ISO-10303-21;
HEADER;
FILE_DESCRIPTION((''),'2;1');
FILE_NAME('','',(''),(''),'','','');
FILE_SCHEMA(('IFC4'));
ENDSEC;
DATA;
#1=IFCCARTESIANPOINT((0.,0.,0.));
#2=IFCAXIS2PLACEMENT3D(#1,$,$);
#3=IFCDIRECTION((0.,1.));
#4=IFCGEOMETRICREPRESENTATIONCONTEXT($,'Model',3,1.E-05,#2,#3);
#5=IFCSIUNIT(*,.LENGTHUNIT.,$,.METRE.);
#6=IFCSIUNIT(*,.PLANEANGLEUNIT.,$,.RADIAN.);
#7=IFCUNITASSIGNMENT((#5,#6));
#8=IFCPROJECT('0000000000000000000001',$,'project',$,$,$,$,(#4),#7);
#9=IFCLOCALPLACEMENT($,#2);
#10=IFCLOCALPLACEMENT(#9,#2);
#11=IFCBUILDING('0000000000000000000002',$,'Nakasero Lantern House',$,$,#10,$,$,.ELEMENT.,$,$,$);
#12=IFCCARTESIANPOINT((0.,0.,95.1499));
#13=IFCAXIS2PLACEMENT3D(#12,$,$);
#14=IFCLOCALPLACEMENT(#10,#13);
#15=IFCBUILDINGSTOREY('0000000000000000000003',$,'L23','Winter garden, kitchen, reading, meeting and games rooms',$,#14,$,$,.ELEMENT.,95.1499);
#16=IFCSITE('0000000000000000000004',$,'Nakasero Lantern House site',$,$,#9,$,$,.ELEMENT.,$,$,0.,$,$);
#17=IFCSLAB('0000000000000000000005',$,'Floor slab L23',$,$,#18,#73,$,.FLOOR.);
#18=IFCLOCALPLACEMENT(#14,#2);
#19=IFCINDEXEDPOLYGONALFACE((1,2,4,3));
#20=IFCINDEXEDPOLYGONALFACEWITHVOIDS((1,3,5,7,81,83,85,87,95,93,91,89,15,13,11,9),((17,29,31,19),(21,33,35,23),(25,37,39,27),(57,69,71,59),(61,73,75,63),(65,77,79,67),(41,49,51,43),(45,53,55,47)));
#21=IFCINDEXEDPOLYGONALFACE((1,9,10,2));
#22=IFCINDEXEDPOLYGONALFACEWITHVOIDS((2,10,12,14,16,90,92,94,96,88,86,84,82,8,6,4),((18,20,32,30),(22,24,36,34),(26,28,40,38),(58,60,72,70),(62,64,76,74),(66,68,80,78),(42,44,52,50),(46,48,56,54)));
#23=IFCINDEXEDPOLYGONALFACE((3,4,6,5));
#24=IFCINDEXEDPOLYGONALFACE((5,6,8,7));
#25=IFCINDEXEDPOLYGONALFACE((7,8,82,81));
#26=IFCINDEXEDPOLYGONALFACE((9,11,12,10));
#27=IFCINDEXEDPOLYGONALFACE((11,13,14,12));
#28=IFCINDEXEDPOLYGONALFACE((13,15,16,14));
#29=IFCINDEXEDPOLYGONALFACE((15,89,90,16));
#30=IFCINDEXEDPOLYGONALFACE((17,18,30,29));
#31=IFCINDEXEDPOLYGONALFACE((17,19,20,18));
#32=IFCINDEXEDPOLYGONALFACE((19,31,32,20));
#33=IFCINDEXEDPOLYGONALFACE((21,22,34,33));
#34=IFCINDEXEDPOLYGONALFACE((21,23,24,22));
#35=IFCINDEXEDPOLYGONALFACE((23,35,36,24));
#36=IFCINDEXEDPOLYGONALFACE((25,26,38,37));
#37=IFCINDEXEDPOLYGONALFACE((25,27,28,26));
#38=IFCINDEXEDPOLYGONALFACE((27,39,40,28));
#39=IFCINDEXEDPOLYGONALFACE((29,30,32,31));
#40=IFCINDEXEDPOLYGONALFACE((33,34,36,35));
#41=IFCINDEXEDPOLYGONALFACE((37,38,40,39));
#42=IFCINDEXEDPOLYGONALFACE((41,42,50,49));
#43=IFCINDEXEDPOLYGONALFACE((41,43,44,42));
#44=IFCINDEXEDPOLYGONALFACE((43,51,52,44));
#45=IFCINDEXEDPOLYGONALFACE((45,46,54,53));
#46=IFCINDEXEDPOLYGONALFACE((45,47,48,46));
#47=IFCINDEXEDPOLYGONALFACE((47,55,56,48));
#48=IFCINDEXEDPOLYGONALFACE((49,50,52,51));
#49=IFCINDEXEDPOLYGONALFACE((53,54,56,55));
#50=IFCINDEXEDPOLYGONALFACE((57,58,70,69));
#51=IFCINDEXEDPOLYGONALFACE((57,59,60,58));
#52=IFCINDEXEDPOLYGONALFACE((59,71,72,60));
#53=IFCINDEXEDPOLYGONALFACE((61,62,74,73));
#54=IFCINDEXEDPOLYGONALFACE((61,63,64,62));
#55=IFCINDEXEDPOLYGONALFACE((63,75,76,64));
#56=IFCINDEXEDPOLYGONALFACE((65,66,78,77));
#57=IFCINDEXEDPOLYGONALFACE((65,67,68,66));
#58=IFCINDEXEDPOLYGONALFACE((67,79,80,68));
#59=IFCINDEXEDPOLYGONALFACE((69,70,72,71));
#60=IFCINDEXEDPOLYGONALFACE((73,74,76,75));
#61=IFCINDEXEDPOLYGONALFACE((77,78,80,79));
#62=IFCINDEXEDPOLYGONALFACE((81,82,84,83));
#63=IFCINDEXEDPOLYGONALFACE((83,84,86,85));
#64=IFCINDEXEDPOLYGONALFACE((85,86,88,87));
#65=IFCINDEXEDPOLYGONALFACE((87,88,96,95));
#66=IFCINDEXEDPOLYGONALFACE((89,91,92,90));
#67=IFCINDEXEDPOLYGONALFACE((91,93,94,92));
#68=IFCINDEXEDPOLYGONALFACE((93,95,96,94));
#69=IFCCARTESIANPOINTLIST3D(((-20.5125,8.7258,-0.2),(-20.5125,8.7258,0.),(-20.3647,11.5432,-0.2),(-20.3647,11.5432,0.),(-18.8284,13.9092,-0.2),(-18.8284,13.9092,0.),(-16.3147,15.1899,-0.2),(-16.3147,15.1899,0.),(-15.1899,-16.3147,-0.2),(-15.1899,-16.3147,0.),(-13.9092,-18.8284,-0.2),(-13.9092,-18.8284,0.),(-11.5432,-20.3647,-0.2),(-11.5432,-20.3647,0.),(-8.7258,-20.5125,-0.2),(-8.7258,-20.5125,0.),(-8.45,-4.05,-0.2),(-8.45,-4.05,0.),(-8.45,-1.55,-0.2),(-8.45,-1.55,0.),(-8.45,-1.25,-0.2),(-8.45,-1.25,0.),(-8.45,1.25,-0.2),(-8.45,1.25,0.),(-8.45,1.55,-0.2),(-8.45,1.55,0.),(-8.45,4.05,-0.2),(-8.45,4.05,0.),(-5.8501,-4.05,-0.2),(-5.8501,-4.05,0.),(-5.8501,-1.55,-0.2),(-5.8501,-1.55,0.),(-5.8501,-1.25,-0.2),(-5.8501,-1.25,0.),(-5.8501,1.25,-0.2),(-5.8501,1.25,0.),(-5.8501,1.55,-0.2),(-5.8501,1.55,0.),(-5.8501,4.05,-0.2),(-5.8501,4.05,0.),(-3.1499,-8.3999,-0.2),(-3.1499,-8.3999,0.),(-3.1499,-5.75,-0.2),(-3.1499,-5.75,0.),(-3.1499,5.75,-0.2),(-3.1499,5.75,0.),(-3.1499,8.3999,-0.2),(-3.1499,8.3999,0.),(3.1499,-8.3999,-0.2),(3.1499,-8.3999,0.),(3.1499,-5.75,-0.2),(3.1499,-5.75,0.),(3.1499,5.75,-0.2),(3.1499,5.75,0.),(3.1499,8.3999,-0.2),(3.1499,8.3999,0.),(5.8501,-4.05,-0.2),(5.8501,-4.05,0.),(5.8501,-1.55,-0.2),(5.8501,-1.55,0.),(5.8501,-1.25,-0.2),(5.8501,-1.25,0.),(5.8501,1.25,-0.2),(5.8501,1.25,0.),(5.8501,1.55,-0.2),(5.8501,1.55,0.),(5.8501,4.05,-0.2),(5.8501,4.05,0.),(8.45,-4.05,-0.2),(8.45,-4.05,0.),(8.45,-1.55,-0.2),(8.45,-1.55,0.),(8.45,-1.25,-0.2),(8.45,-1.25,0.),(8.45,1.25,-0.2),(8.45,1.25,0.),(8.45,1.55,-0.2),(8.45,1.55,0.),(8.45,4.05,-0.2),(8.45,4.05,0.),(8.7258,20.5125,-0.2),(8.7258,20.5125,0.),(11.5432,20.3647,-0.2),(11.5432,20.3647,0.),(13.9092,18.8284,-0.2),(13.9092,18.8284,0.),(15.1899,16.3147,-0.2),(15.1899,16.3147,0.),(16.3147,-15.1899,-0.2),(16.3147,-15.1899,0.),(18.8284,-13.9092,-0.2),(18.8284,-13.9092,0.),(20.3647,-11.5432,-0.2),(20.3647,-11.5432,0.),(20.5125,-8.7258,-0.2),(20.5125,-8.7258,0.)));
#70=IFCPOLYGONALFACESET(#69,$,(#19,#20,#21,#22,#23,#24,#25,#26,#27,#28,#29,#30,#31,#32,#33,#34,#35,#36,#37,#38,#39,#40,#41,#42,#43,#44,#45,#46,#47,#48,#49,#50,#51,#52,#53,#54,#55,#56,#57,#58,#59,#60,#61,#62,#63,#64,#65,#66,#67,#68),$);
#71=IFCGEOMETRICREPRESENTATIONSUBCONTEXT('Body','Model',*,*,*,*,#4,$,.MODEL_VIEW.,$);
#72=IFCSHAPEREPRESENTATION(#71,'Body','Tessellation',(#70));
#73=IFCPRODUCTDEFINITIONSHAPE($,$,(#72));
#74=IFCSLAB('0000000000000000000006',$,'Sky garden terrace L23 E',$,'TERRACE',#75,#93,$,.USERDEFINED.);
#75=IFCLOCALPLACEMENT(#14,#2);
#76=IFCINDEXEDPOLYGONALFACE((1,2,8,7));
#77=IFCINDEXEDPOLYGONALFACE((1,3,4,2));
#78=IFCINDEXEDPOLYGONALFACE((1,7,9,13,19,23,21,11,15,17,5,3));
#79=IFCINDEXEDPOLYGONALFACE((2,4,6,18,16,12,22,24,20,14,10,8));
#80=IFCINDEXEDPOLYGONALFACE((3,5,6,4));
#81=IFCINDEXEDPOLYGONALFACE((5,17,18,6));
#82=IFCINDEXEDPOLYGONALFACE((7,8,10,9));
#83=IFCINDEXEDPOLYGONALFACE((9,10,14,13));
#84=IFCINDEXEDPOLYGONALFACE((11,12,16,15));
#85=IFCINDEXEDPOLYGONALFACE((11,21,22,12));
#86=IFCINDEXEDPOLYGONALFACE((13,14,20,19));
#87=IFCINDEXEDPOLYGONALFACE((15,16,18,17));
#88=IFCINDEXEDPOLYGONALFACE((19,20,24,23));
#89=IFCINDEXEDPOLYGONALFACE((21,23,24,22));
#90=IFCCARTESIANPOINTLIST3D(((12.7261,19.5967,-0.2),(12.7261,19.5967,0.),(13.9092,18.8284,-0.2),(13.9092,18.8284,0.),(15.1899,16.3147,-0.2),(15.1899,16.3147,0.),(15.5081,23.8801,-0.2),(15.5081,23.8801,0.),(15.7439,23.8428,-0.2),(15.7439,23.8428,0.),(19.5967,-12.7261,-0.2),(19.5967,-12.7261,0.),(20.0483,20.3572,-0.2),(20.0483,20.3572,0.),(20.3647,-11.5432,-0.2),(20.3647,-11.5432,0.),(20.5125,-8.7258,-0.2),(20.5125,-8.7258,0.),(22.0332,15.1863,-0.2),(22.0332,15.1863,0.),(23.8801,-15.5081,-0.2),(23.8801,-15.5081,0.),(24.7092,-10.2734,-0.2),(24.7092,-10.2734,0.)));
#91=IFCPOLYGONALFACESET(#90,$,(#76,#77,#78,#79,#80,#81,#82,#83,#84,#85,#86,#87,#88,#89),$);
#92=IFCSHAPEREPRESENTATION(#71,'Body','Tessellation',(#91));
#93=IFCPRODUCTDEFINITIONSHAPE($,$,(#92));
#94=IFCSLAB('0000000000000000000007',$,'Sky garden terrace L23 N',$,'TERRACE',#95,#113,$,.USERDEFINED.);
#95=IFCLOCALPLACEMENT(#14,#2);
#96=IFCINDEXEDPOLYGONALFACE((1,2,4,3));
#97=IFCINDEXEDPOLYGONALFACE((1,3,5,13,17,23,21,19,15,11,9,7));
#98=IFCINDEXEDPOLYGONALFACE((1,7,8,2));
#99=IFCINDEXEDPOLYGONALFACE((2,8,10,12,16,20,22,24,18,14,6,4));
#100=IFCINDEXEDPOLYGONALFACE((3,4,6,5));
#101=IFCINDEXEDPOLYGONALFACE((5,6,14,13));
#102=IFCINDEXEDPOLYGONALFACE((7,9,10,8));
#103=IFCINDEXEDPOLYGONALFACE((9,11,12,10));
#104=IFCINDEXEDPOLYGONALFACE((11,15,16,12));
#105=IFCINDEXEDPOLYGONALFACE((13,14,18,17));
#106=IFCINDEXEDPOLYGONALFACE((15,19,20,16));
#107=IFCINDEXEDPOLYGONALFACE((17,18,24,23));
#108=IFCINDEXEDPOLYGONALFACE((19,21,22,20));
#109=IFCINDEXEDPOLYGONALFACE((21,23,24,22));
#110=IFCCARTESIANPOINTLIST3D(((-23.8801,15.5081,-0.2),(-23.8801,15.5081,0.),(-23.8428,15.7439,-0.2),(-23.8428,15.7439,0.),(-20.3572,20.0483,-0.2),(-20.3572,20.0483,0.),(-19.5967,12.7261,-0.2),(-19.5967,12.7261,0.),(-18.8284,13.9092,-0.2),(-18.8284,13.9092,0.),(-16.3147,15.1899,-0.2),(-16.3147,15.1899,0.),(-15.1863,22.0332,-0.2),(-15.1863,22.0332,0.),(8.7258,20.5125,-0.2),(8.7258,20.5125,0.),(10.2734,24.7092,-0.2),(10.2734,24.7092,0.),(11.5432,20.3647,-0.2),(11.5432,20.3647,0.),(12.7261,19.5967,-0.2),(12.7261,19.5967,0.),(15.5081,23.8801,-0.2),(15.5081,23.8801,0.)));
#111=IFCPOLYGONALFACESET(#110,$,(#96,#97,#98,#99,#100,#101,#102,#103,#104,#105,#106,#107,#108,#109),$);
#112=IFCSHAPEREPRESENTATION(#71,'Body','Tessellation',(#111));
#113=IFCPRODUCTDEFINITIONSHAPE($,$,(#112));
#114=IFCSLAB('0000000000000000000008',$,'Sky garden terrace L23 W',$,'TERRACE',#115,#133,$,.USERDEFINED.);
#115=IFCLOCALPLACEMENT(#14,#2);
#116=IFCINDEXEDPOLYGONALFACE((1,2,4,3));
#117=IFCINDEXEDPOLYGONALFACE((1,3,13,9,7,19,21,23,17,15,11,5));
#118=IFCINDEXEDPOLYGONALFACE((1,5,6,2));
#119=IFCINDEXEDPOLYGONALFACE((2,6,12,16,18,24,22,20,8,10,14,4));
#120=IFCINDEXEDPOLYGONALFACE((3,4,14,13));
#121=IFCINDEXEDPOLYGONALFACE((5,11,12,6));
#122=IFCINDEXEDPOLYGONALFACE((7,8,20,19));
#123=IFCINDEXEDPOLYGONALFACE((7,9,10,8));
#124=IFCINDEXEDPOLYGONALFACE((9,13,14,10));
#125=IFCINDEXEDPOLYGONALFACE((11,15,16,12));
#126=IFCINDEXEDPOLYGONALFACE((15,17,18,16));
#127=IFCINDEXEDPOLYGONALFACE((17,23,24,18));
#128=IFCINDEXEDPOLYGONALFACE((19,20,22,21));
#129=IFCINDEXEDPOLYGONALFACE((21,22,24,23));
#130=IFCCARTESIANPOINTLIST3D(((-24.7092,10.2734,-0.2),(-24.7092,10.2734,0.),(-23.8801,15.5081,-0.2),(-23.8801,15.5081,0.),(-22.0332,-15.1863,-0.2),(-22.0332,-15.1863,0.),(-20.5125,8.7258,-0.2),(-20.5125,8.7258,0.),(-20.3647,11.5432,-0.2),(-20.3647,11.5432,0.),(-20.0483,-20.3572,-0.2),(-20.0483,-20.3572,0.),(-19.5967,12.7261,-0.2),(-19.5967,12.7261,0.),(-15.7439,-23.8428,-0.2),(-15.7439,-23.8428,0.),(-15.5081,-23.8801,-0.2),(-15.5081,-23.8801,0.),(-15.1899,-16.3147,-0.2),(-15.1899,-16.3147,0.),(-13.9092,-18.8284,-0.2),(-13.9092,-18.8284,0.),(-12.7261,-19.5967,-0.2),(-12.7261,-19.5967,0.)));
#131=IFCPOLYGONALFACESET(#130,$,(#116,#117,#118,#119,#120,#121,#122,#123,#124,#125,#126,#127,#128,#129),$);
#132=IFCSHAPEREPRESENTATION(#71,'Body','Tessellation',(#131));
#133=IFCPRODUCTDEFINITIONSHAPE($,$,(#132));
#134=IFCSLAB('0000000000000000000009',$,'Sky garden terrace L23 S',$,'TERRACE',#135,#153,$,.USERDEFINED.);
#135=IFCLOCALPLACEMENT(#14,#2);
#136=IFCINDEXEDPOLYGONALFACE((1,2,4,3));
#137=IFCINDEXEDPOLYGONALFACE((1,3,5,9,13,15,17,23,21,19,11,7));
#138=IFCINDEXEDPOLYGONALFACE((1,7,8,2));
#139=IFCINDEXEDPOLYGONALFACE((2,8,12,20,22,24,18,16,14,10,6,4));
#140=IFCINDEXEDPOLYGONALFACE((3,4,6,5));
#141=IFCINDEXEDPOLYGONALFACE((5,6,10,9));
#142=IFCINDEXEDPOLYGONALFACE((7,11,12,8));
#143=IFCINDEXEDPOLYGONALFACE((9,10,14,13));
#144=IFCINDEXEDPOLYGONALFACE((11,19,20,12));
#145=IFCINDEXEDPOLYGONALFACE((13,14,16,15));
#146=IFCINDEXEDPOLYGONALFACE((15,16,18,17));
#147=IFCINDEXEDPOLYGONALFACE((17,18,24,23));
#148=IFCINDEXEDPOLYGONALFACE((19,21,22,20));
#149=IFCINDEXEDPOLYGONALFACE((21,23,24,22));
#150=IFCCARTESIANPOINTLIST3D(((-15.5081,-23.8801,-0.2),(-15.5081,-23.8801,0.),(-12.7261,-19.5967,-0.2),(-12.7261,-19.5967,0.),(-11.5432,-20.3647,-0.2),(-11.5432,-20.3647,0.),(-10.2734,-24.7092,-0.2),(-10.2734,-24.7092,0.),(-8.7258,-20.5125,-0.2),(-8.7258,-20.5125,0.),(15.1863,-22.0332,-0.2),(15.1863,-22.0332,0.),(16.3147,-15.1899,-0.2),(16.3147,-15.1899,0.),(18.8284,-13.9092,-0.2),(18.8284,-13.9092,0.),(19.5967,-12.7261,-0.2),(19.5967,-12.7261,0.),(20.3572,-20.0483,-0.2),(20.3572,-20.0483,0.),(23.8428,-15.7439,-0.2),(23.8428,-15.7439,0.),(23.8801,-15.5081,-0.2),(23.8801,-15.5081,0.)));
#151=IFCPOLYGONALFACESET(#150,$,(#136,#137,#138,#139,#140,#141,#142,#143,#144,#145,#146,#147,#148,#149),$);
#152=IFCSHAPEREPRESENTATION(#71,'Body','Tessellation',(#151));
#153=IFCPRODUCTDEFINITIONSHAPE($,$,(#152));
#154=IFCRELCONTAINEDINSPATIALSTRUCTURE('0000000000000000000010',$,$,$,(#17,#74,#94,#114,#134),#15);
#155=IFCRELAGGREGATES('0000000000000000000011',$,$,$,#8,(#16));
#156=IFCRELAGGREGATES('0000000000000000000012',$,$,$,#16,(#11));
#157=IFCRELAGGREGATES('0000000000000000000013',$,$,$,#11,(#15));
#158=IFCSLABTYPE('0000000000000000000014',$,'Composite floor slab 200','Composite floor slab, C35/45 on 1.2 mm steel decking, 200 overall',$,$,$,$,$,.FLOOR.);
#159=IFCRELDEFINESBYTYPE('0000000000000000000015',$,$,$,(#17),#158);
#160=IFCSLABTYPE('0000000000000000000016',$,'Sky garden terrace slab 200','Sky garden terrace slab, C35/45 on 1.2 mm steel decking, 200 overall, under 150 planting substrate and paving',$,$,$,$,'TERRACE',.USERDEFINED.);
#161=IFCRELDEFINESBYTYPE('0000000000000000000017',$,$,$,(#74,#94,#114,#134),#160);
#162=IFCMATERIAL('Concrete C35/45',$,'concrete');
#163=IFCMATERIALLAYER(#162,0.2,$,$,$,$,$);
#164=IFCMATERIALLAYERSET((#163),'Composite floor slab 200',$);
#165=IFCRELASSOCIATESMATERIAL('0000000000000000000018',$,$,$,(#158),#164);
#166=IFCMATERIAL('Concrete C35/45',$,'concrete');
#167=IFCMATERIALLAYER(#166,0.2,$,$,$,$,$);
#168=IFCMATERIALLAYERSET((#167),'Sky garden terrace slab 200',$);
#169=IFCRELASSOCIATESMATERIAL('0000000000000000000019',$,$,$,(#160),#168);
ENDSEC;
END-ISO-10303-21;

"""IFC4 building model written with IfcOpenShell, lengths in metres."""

from ifc_helpers import new_model, si_unit, direction, frame, origin, place, context, subcontext, project, spatial, polyline, outline, extrude, material, layer, layer_set, type_object, element, save


model = new_model("IFC4")

# Units and contexts
model_context = context("Model", 3, precision=1e-05, world=origin(), true_north=direction((0.0, 1.0)))
body_context = subcontext(model_context, "Body", "Model", "MODEL_VIEW")
ifc_project = project(units=[si_unit("LENGTHUNIT", "METRE"), si_unit("PLANEANGLEUNIT", "RADIAN")], contexts=[model_context])

# Site, building, storey
site_placement = place(None, origin())
site = spatial("IfcSite", under=ifc_project, at=site_placement, Name="Nakasero Lantern House site", CompositionType="ELEMENT", RefElevation=0.0)
building_placement = place(site_placement, origin())
building = spatial("IfcBuilding", under=site, at=building_placement, Name="Nakasero Lantern House", CompositionType="ELEMENT")
storey_placement = place(building_placement, frame((0.0, 0.0, 95.1499)))
storey = spatial("IfcBuildingStorey", under=building, at=storey_placement, Name="L23", Description="Winter garden, kitchen, reading, meeting and games rooms", CompositionType="ELEMENT", Elevation=95.1499)

# Slabs
ifc_material_1 = material(Name="Concrete C35/45", Category="concrete")
ifc_layer_1 = layer(ifc_material_1, 0.2)
ifc_layer_set_1 = layer_set([ifc_layer_1], Name="Composite floor slab 200")
slab_type_1 = type_object("IfcSlabType", Name="Composite floor slab 200", Description="Composite floor slab, C35/45 on 1.2 mm steel decking, 200 overall", PredefinedType="FLOOR", material=ifc_layer_set_1)
slab_1_placement = place(storey_placement, frame((0.0, 0.0, -0.2)))
element("IfcSlab", 1, at=slab_1_placement, inside=storey, type_object=slab_type_1, Name="Floor slab L23", PredefinedType="FLOOR", context=body_context, shape_type="SweptSolid", body=[
    extrude(outline(polyline([(20.5125, -8.7258), (15.1899, 16.3147), (13.9092, 18.8284), (11.5432, 20.3647), (8.7258, 20.5125), (-16.3147, 15.1899), (-18.8284, 13.9092), (-20.3647, 11.5432), (-20.5125, 8.7258), (-15.1899, -16.3147), (-13.9092, -18.8284), (-11.5432, -20.3647), (-8.7258, -20.5125), (16.3147, -15.1899), (18.8284, -13.9092), (20.3647, -11.5432), (20.5125, -8.7258)]), holes=[polyline([(-8.45, -4.05), (-5.8501, -4.05), (-5.8501, -1.55), (-8.45, -1.55), (-8.45, -4.05)]), polyline([(-8.45, -1.25), (-5.8501, -1.25), (-5.8501, 1.25), (-8.45, 1.25), (-8.45, -1.25)]), polyline([(-8.45, 1.55), (-5.8501, 1.55), (-5.8501, 4.05), (-8.45, 4.05), (-8.45, 1.55)]), polyline([(5.8501, -4.05), (8.45, -4.05), (8.45, -1.55), (5.8501, -1.55), (5.8501, -4.05)]), polyline([(5.8501, -1.25), (8.45, -1.25), (8.45, 1.25), (5.8501, 1.25), (5.8501, -1.25)]), polyline([(5.8501, 1.55), (8.45, 1.55), (8.45, 4.05), (5.8501, 4.05), (5.8501, 1.55)]), polyline([(-3.1499, 5.75), (3.1499, 5.75), (3.1499, 8.3999), (-3.1499, 8.3999), (-3.1499, 5.75)]), polyline([(-3.1499, -8.3999), (3.1499, -8.3999), (3.1499, -5.75), (-3.1499, -5.75), (-3.1499, -8.3999)])]), origin(), (0.0, 0.0, 1.0), 0.2),
])
ifc_material_2 = material(Name="Concrete C35/45", Category="concrete")
ifc_layer_2 = layer(ifc_material_2, 0.2)
ifc_layer_set_2 = layer_set([ifc_layer_2], Name="Sky garden terrace slab 200")
slab_type_2 = type_object("IfcSlabType", Name="Sky garden terrace slab 200", Description="Sky garden terrace slab, C35/45 on 1.2 mm steel decking, 200 overall, under 150 planting substrate and paving", ElementType="TERRACE", PredefinedType="USERDEFINED", material=ifc_layer_set_2)
slab_2_placement = place(storey_placement, frame((0.0, 0.0, -0.2)))
element("IfcSlab", 2, at=slab_2_placement, inside=storey, type_object=slab_type_2, Name="Sky garden terrace L23 E", ObjectType="TERRACE", PredefinedType="USERDEFINED", context=body_context, shape_type="SweptSolid", body=[
    extrude(outline(polyline([(23.8801, -15.5081), (24.7092, -10.2734), (22.0332, 15.1863), (20.0483, 20.3572), (15.7439, 23.8428), (15.5081, 23.8801), (12.7261, 19.5967), (13.9092, 18.8284), (15.1899, 16.3147), (20.5125, -8.7258), (20.3647, -11.5432), (19.5967, -12.7261), (23.8801, -15.5081)])), origin(), (0.0, 0.0, 1.0), 0.2),
])
slab_3_placement = place(storey_placement, frame((0.0, 0.0, -0.2)))
element("IfcSlab", 3, at=slab_3_placement, inside=storey, type_object=slab_type_2, Name="Sky garden terrace L23 N", ObjectType="TERRACE", PredefinedType="USERDEFINED", context=body_context, shape_type="SweptSolid", body=[
    extrude(outline(polyline([(-23.8428, 15.7439), (-23.8801, 15.5081), (-19.5967, 12.7261), (-18.8284, 13.9092), (-16.3147, 15.1899), (8.7258, 20.5125), (11.5432, 20.3647), (12.7261, 19.5967), (15.5081, 23.8801), (10.2734, 24.7092), (-15.1863, 22.0332), (-20.3572, 20.0483), (-23.8428, 15.7439)])), origin(), (0.0, 0.0, 1.0), 0.2),
])
slab_4_placement = place(storey_placement, frame((0.0, 0.0, -0.2)))
element("IfcSlab", 4, at=slab_4_placement, inside=storey, type_object=slab_type_2, Name="Sky garden terrace L23 W", ObjectType="TERRACE", PredefinedType="USERDEFINED", context=body_context, shape_type="SweptSolid", body=[
    extrude(outline(polyline([(-15.7439, -23.8428), (-15.5081, -23.8801), (-12.7261, -19.5967), (-13.9092, -18.8284), (-15.1899, -16.3147), (-20.5125, 8.7258), (-20.3647, 11.5432), (-19.5967, 12.7261), (-23.8801, 15.5081), (-24.7092, 10.2734), (-22.0332, -15.1863), (-20.0483, -20.3572), (-15.7439, -23.8428)])), origin(), (0.0, 0.0, 1.0), 0.2),
])
slab_5_placement = place(storey_placement, frame((0.0, 0.0, -0.2)))
element("IfcSlab", 5, at=slab_5_placement, inside=storey, type_object=slab_type_2, Name="Sky garden terrace L23 S", ObjectType="TERRACE", PredefinedType="USERDEFINED", context=body_context, shape_type="SweptSolid", body=[
    extrude(outline(polyline([(23.8428, -15.7439), (23.8801, -15.5081), (19.5967, -12.7261), (18.8284, -13.9092), (16.3147, -15.1899), (-8.7258, -20.5125), (-11.5432, -20.3647), (-12.7261, -19.5967), (-15.5081, -23.8801), (-10.2734, -24.7092), (15.1863, -22.0332), (20.3572, -20.0483), (23.8428, -15.7439)])), origin(), (0.0, 0.0, 1.0), 0.2),
])

save(model, "model.ifc")
